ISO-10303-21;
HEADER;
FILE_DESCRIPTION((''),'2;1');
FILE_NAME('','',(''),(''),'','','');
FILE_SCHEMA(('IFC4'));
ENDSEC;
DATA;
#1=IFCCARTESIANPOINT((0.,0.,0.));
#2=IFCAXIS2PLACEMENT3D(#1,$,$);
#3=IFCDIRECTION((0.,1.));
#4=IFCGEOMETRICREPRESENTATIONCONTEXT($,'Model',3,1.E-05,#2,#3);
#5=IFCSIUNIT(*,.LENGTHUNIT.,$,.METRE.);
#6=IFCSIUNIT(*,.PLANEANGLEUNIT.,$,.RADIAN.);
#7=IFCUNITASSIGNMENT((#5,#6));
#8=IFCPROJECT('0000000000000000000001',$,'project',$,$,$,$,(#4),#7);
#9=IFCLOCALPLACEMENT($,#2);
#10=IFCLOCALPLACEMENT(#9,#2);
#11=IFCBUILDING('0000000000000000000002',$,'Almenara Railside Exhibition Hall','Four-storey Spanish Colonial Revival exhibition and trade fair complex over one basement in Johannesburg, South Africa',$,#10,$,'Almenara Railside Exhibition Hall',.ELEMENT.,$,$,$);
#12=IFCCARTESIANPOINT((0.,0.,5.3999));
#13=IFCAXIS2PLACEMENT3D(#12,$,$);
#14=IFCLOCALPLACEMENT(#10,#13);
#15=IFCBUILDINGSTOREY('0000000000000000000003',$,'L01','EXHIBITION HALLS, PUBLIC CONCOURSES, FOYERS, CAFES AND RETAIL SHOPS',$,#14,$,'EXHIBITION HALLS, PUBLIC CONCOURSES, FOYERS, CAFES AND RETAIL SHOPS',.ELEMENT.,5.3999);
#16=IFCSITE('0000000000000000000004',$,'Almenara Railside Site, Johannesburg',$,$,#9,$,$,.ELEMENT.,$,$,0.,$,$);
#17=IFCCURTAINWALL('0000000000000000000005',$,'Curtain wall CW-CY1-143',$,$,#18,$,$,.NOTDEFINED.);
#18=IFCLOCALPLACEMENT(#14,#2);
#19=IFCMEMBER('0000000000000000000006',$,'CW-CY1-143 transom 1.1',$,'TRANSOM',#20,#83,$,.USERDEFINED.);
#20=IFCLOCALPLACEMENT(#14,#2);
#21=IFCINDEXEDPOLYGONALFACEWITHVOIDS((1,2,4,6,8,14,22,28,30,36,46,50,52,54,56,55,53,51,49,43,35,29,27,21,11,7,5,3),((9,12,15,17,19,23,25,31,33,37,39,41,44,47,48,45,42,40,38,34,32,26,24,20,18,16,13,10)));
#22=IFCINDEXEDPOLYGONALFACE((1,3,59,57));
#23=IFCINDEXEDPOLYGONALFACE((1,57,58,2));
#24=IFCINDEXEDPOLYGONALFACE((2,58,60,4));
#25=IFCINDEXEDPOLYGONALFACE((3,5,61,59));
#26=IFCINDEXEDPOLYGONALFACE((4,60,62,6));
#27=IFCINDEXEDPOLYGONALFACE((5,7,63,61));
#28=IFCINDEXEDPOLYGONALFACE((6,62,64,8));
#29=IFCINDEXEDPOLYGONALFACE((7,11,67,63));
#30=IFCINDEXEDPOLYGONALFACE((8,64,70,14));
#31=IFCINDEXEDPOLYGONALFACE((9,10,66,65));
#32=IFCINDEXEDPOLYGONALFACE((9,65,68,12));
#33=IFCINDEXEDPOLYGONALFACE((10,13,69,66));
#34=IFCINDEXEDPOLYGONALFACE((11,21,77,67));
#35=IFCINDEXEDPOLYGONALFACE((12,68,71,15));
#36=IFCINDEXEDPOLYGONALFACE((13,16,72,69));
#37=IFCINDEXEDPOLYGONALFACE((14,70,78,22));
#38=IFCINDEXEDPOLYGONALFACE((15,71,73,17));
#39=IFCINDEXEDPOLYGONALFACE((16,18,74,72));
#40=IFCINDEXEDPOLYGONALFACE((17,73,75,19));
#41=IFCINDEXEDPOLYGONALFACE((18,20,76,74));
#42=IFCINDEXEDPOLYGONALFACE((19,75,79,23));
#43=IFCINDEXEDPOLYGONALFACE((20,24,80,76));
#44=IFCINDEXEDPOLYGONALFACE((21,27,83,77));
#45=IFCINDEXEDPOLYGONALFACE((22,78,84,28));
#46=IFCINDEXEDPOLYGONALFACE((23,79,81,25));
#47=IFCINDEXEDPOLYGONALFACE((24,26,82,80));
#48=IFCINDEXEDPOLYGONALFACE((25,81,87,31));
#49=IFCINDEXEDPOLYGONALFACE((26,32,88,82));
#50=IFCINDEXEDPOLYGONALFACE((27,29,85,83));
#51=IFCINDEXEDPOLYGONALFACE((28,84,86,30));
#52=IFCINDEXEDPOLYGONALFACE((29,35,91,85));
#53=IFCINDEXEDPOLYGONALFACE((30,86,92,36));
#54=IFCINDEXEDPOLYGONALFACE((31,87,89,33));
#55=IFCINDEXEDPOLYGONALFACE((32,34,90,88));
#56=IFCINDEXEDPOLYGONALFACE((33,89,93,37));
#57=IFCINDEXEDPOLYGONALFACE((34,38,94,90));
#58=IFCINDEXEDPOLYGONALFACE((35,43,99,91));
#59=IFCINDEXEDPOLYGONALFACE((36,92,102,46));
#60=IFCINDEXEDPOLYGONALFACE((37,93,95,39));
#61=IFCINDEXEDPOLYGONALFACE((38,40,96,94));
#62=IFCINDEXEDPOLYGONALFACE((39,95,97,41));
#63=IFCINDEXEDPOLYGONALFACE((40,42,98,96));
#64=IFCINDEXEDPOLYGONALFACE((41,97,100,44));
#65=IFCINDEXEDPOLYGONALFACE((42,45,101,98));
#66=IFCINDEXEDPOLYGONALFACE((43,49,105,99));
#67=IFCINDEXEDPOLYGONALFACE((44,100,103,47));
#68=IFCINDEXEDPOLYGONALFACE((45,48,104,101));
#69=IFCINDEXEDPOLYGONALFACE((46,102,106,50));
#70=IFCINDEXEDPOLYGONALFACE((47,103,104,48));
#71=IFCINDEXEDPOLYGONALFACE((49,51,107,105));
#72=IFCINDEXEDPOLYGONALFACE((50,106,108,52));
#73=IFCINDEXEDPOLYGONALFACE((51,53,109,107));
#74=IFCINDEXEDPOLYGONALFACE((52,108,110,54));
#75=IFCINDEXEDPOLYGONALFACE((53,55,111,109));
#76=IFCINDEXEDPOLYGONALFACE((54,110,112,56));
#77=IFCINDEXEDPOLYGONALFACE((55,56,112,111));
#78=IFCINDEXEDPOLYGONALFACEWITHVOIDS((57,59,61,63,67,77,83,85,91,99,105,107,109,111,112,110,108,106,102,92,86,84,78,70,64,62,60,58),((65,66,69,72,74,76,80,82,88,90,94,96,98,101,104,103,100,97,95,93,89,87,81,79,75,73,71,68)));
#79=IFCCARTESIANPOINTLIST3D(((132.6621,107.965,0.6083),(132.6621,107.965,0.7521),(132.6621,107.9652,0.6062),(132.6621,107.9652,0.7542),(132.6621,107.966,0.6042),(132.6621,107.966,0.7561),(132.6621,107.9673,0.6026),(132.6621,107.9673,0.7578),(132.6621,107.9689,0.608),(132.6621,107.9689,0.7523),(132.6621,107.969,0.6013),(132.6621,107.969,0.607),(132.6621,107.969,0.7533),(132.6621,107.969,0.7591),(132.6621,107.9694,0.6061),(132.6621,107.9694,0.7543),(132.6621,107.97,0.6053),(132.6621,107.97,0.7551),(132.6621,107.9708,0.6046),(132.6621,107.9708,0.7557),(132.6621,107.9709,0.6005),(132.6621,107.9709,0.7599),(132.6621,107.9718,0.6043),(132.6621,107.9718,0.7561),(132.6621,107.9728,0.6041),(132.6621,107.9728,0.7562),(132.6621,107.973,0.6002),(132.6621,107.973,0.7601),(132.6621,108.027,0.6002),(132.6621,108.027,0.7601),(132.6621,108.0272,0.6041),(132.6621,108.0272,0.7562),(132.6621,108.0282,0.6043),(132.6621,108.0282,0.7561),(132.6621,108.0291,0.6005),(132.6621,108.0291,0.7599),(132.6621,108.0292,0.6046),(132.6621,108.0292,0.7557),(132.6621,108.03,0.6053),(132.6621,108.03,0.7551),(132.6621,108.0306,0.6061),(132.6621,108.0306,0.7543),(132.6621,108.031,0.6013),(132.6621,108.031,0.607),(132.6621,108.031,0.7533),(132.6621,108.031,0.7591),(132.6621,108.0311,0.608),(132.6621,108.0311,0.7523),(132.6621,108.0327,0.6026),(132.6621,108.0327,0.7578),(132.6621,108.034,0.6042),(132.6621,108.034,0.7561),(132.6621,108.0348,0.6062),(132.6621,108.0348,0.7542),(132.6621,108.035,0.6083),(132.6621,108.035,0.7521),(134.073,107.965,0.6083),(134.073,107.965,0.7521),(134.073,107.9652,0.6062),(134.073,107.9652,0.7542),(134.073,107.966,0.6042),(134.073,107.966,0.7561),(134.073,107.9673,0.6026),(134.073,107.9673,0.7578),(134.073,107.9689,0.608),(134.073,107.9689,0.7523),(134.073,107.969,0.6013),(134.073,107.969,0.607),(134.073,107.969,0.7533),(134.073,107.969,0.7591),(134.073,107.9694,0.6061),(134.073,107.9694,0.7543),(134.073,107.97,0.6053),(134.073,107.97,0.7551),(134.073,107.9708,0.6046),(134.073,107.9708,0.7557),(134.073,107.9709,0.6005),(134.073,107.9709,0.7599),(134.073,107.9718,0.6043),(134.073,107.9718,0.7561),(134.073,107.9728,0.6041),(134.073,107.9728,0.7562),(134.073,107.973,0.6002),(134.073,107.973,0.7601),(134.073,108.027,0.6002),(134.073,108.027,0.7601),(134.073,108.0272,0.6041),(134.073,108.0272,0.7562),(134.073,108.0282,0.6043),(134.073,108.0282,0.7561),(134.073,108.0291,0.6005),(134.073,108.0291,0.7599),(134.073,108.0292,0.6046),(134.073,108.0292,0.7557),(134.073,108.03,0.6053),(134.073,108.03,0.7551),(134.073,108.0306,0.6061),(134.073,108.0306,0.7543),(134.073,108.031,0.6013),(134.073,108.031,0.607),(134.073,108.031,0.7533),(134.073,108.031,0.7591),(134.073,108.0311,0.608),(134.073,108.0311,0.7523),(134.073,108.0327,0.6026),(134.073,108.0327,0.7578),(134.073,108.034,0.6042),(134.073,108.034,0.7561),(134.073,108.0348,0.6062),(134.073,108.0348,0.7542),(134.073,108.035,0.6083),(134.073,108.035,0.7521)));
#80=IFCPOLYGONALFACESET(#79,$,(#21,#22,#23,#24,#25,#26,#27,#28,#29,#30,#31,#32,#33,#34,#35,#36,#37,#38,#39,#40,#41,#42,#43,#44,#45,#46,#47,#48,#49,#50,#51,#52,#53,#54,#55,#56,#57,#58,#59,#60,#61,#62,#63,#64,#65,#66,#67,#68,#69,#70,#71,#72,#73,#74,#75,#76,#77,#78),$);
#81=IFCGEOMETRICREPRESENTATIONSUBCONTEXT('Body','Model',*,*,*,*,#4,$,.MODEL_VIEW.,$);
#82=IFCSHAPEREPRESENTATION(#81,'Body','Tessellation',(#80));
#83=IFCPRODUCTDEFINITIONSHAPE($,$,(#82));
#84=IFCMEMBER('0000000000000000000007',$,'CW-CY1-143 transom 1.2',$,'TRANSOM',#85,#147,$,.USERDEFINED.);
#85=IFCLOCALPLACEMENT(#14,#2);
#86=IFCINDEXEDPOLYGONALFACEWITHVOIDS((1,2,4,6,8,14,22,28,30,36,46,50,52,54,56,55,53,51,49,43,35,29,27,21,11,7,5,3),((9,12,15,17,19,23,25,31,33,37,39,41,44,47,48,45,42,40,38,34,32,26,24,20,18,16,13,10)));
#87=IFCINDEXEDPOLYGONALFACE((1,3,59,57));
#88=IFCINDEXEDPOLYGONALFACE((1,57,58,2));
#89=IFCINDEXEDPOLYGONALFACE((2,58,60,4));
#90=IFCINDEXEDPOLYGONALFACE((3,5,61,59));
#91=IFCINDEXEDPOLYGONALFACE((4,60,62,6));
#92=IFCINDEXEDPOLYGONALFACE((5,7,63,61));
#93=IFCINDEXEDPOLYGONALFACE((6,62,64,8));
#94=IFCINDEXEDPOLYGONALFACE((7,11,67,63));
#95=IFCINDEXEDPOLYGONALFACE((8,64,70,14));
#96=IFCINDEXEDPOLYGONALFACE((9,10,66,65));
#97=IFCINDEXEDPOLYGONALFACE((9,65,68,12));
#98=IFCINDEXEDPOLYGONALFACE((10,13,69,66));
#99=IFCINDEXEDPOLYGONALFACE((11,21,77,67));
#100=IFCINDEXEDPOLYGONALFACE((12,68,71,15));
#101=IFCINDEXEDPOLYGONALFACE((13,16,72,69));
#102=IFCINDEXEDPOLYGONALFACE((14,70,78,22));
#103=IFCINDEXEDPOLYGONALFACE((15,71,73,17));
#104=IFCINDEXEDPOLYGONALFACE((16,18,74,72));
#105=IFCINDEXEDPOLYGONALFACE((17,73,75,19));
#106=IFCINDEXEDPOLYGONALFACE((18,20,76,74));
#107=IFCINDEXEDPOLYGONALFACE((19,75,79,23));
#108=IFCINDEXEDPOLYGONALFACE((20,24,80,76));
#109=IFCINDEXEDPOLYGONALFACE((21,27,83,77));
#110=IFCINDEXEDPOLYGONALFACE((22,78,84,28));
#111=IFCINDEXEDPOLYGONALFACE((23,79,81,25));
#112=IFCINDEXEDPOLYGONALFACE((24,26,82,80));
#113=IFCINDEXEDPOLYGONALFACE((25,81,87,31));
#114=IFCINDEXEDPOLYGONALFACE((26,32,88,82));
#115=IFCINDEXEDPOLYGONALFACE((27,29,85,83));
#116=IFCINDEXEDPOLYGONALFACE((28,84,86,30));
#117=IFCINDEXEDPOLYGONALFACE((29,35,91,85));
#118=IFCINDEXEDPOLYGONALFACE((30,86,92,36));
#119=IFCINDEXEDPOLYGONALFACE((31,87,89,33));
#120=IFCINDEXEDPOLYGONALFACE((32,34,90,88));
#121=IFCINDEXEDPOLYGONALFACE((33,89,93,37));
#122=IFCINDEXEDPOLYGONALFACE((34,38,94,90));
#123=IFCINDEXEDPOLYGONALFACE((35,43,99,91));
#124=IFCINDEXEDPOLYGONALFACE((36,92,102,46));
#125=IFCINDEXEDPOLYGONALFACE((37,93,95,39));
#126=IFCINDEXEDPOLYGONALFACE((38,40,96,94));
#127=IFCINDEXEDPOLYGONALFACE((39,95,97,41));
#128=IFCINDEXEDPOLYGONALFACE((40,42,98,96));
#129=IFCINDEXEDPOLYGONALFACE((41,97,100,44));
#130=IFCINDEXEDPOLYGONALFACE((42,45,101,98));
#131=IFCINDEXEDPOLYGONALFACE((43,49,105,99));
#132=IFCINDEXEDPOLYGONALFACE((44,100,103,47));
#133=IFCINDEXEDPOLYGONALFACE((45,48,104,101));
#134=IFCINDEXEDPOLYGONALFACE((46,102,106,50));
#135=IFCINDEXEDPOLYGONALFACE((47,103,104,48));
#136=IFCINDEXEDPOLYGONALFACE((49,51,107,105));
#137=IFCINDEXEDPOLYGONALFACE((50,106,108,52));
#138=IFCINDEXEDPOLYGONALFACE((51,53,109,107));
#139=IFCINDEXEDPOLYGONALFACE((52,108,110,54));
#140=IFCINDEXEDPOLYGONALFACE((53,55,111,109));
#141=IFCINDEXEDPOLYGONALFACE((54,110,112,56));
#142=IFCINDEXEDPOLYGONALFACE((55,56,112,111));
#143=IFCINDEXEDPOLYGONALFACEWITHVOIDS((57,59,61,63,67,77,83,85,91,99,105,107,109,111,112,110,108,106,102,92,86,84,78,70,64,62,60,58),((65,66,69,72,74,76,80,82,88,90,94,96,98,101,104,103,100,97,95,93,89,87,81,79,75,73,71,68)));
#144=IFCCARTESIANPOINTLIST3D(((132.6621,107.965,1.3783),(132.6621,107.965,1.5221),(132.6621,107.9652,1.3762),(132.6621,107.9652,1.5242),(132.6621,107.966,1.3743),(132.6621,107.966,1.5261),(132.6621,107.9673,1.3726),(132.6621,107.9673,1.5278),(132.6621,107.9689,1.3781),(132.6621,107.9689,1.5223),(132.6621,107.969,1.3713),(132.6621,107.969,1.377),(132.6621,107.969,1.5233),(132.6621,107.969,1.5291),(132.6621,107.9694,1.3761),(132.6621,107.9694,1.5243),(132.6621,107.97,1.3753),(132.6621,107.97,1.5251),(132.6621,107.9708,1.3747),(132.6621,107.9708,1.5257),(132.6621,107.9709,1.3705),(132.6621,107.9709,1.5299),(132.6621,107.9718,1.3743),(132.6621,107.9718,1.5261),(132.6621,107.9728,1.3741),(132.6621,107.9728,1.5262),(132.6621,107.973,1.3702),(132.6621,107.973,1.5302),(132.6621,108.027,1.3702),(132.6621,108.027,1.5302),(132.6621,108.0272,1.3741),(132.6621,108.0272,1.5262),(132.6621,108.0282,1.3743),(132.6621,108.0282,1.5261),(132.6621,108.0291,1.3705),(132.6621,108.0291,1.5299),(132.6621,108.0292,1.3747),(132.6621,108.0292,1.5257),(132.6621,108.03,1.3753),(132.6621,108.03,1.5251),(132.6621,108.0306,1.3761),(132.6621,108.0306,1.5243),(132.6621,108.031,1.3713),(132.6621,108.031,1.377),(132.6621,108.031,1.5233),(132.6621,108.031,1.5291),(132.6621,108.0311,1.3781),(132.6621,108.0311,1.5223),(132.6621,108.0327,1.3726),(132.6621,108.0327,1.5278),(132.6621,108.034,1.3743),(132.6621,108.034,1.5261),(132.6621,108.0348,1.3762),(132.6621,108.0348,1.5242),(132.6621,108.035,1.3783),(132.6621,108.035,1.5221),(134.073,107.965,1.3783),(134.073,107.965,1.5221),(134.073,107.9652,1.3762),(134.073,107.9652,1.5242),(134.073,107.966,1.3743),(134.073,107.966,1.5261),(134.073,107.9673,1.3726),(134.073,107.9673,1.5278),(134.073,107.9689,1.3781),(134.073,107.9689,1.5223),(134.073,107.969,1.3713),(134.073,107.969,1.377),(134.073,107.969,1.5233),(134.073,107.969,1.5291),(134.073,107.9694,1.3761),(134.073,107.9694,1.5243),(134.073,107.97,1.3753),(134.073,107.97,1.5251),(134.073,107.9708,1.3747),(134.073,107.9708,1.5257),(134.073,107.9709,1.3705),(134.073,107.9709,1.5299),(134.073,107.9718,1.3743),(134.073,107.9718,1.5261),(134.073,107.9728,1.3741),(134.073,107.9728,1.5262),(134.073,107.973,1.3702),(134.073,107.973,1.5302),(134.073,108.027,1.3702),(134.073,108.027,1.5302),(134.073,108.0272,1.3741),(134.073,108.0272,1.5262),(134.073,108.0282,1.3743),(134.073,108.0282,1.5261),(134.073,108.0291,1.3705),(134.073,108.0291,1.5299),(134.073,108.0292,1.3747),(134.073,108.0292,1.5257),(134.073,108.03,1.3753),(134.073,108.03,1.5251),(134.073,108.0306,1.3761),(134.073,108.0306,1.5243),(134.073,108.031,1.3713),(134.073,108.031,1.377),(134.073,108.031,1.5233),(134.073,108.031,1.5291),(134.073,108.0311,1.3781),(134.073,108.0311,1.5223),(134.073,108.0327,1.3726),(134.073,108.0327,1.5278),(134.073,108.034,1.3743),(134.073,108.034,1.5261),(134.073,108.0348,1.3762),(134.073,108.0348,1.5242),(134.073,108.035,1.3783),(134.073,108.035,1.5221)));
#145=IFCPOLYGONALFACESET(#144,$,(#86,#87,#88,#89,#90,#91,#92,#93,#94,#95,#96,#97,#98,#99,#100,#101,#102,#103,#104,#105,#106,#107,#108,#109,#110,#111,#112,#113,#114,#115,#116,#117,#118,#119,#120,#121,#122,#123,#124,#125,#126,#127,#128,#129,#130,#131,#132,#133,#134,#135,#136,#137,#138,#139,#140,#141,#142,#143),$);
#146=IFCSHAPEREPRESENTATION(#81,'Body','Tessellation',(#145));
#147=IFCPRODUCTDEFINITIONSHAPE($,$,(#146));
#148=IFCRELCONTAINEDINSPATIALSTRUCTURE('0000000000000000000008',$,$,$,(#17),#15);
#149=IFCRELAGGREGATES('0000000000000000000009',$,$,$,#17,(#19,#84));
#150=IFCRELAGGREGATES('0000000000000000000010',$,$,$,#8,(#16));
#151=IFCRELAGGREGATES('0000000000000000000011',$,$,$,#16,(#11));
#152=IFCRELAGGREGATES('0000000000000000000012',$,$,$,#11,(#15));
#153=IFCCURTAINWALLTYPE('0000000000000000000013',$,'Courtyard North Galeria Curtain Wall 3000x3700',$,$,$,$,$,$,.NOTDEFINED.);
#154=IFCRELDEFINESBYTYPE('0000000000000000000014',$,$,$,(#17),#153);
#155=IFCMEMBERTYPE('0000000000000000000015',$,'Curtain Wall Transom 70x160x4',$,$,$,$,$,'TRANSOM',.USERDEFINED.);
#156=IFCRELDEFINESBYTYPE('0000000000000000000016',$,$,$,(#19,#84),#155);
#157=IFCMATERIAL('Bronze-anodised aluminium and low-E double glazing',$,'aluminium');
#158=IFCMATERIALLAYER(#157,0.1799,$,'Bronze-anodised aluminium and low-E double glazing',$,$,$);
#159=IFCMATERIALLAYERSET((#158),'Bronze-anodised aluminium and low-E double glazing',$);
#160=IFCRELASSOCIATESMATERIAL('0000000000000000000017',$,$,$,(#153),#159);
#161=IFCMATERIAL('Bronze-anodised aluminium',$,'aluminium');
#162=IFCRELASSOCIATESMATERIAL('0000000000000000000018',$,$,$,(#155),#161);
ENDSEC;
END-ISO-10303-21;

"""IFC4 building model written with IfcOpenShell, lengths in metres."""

from ifc_helpers import new_model, si_unit, direction, frame, origin, origin_2d, place, context, subcontext, project, spatial, hollow_rectangle, extrude, material, layer, layer_set, material_profile, profile_set, type_object, element, aggregate, save


model = new_model("IFC4")

# Units and contexts
model_context = context("Model", 3, precision=1e-05, world=origin(), true_north=direction((0.0, 1.0)))
body_context = subcontext(model_context, "Body", "Model", "MODEL_VIEW")
ifc_project = project(units=[si_unit("LENGTHUNIT", "METRE"), si_unit("PLANEANGLEUNIT", "RADIAN")], contexts=[model_context])

# Site, building, storey
site_placement = place(None, origin())
site = spatial("IfcSite", under=ifc_project, at=site_placement, Name="Almenara Railside Site, Johannesburg", CompositionType="ELEMENT", RefElevation=0.0)
building_placement = place(site_placement, origin())
building = spatial("IfcBuilding", under=site, at=building_placement, Name="Almenara Railside Exhibition Hall", Description="Four-storey Spanish Colonial Revival exhibition and trade fair complex over one basement in Johannesburg, South Africa", LongName="Almenara Railside Exhibition Hall", CompositionType="ELEMENT")
storey_placement = place(building_placement, frame((0.0, 0.0, 5.3999)))
storey = spatial("IfcBuildingStorey", under=building, at=storey_placement, Name="L01", Description="EXHIBITION HALLS, PUBLIC CONCOURSES, FOYERS, CAFES AND RETAIL SHOPS", LongName="EXHIBITION HALLS, PUBLIC CONCOURSES, FOYERS, CAFES AND RETAIL SHOPS", CompositionType="ELEMENT", Elevation=5.3999)

# Shared definitions
ifc_material_1 = material(Name="Bronze-anodised aluminium and low-E double glazing", Category="aluminium")
ifc_layer_1 = layer(ifc_material_1, 0.1799, Name="Bronze-anodised aluminium and low-E double glazing")
ifc_layer_set_1 = layer_set([ifc_layer_1], Name="Bronze-anodised aluminium and low-E double glazing")
curtain_wall_type = type_object("IfcCurtainWallType", Name="Courtyard North Galeria Curtain Wall 3000x3700", PredefinedType="NOTDEFINED", material=ifc_layer_set_1)
ifc_material_2 = material(Name="Bronze-anodised aluminium", Category="aluminium")

# Curtain wall
curtain_wall_1_placement = place(storey_placement, origin())
curtain_wall_1 = element("IfcCurtainWall", 1, at=curtain_wall_1_placement, inside=storey, type_object=curtain_wall_type, Name="Curtain wall CW-CY1-143", PredefinedType="NOTDEFINED")

# Members
ifc_material_profile_1 = material_profile(ifc_material_2, hollow_rectangle(XDim=0.0701, YDim=0.1599, WallThickness=0.0039, InnerFilletRadius=0.0039, OuterFilletRadius=0.0081, at=origin_2d()), Name="ALU-TRN 70x160x4")
ifc_profile_set_1 = profile_set([ifc_material_profile_1], Name="Bronze-anodised aluminium")
member_type_1 = type_object("IfcMemberType", Name="Curtain Wall Transom 70x160x4", ElementType="TRANSOM", PredefinedType="USERDEFINED", material=ifc_profile_set_1)
member_1_placement = place(storey_placement, frame((132.6621, 108.0, 0.6802), z_axis=(1.0, 0.0, 0.0), x_axis=(0.0, 1.0, 0.0)))
member_1 = element("IfcMember", 2, at=member_1_placement, type_object=member_type_1, Name="CW-CY1-143 transom 1.1", ObjectType="TRANSOM", PredefinedType="USERDEFINED", context=body_context, shape_type="SweptSolid", body=[
    extrude(hollow_rectangle(XDim=0.0701, YDim=0.1599, WallThickness=0.0039, InnerFilletRadius=0.0039, OuterFilletRadius=0.0081, at=origin_2d()), origin(), (0.0, 0.0, 1.0), 1.4109),
])
member_2_placement = place(storey_placement, frame((132.6621, 108.0, 1.4502), z_axis=(1.0, 0.0, 0.0), x_axis=(0.0, 1.0, 0.0)))
member_2 = element("IfcMember", 3, at=member_2_placement, type_object=member_type_1, Name="CW-CY1-143 transom 1.2", ObjectType="TRANSOM", PredefinedType="USERDEFINED", context=body_context, shape_type="SweptSolid", body=[
    extrude(hollow_rectangle(XDim=0.0701, YDim=0.1599, WallThickness=0.0039, InnerFilletRadius=0.0039, OuterFilletRadius=0.0081, at=origin_2d()), origin(), (0.0, 0.0, 1.0), 1.4109),
])

aggregate(curtain_wall_1, [member_1, member_2])

save(model, "model.ifc")
